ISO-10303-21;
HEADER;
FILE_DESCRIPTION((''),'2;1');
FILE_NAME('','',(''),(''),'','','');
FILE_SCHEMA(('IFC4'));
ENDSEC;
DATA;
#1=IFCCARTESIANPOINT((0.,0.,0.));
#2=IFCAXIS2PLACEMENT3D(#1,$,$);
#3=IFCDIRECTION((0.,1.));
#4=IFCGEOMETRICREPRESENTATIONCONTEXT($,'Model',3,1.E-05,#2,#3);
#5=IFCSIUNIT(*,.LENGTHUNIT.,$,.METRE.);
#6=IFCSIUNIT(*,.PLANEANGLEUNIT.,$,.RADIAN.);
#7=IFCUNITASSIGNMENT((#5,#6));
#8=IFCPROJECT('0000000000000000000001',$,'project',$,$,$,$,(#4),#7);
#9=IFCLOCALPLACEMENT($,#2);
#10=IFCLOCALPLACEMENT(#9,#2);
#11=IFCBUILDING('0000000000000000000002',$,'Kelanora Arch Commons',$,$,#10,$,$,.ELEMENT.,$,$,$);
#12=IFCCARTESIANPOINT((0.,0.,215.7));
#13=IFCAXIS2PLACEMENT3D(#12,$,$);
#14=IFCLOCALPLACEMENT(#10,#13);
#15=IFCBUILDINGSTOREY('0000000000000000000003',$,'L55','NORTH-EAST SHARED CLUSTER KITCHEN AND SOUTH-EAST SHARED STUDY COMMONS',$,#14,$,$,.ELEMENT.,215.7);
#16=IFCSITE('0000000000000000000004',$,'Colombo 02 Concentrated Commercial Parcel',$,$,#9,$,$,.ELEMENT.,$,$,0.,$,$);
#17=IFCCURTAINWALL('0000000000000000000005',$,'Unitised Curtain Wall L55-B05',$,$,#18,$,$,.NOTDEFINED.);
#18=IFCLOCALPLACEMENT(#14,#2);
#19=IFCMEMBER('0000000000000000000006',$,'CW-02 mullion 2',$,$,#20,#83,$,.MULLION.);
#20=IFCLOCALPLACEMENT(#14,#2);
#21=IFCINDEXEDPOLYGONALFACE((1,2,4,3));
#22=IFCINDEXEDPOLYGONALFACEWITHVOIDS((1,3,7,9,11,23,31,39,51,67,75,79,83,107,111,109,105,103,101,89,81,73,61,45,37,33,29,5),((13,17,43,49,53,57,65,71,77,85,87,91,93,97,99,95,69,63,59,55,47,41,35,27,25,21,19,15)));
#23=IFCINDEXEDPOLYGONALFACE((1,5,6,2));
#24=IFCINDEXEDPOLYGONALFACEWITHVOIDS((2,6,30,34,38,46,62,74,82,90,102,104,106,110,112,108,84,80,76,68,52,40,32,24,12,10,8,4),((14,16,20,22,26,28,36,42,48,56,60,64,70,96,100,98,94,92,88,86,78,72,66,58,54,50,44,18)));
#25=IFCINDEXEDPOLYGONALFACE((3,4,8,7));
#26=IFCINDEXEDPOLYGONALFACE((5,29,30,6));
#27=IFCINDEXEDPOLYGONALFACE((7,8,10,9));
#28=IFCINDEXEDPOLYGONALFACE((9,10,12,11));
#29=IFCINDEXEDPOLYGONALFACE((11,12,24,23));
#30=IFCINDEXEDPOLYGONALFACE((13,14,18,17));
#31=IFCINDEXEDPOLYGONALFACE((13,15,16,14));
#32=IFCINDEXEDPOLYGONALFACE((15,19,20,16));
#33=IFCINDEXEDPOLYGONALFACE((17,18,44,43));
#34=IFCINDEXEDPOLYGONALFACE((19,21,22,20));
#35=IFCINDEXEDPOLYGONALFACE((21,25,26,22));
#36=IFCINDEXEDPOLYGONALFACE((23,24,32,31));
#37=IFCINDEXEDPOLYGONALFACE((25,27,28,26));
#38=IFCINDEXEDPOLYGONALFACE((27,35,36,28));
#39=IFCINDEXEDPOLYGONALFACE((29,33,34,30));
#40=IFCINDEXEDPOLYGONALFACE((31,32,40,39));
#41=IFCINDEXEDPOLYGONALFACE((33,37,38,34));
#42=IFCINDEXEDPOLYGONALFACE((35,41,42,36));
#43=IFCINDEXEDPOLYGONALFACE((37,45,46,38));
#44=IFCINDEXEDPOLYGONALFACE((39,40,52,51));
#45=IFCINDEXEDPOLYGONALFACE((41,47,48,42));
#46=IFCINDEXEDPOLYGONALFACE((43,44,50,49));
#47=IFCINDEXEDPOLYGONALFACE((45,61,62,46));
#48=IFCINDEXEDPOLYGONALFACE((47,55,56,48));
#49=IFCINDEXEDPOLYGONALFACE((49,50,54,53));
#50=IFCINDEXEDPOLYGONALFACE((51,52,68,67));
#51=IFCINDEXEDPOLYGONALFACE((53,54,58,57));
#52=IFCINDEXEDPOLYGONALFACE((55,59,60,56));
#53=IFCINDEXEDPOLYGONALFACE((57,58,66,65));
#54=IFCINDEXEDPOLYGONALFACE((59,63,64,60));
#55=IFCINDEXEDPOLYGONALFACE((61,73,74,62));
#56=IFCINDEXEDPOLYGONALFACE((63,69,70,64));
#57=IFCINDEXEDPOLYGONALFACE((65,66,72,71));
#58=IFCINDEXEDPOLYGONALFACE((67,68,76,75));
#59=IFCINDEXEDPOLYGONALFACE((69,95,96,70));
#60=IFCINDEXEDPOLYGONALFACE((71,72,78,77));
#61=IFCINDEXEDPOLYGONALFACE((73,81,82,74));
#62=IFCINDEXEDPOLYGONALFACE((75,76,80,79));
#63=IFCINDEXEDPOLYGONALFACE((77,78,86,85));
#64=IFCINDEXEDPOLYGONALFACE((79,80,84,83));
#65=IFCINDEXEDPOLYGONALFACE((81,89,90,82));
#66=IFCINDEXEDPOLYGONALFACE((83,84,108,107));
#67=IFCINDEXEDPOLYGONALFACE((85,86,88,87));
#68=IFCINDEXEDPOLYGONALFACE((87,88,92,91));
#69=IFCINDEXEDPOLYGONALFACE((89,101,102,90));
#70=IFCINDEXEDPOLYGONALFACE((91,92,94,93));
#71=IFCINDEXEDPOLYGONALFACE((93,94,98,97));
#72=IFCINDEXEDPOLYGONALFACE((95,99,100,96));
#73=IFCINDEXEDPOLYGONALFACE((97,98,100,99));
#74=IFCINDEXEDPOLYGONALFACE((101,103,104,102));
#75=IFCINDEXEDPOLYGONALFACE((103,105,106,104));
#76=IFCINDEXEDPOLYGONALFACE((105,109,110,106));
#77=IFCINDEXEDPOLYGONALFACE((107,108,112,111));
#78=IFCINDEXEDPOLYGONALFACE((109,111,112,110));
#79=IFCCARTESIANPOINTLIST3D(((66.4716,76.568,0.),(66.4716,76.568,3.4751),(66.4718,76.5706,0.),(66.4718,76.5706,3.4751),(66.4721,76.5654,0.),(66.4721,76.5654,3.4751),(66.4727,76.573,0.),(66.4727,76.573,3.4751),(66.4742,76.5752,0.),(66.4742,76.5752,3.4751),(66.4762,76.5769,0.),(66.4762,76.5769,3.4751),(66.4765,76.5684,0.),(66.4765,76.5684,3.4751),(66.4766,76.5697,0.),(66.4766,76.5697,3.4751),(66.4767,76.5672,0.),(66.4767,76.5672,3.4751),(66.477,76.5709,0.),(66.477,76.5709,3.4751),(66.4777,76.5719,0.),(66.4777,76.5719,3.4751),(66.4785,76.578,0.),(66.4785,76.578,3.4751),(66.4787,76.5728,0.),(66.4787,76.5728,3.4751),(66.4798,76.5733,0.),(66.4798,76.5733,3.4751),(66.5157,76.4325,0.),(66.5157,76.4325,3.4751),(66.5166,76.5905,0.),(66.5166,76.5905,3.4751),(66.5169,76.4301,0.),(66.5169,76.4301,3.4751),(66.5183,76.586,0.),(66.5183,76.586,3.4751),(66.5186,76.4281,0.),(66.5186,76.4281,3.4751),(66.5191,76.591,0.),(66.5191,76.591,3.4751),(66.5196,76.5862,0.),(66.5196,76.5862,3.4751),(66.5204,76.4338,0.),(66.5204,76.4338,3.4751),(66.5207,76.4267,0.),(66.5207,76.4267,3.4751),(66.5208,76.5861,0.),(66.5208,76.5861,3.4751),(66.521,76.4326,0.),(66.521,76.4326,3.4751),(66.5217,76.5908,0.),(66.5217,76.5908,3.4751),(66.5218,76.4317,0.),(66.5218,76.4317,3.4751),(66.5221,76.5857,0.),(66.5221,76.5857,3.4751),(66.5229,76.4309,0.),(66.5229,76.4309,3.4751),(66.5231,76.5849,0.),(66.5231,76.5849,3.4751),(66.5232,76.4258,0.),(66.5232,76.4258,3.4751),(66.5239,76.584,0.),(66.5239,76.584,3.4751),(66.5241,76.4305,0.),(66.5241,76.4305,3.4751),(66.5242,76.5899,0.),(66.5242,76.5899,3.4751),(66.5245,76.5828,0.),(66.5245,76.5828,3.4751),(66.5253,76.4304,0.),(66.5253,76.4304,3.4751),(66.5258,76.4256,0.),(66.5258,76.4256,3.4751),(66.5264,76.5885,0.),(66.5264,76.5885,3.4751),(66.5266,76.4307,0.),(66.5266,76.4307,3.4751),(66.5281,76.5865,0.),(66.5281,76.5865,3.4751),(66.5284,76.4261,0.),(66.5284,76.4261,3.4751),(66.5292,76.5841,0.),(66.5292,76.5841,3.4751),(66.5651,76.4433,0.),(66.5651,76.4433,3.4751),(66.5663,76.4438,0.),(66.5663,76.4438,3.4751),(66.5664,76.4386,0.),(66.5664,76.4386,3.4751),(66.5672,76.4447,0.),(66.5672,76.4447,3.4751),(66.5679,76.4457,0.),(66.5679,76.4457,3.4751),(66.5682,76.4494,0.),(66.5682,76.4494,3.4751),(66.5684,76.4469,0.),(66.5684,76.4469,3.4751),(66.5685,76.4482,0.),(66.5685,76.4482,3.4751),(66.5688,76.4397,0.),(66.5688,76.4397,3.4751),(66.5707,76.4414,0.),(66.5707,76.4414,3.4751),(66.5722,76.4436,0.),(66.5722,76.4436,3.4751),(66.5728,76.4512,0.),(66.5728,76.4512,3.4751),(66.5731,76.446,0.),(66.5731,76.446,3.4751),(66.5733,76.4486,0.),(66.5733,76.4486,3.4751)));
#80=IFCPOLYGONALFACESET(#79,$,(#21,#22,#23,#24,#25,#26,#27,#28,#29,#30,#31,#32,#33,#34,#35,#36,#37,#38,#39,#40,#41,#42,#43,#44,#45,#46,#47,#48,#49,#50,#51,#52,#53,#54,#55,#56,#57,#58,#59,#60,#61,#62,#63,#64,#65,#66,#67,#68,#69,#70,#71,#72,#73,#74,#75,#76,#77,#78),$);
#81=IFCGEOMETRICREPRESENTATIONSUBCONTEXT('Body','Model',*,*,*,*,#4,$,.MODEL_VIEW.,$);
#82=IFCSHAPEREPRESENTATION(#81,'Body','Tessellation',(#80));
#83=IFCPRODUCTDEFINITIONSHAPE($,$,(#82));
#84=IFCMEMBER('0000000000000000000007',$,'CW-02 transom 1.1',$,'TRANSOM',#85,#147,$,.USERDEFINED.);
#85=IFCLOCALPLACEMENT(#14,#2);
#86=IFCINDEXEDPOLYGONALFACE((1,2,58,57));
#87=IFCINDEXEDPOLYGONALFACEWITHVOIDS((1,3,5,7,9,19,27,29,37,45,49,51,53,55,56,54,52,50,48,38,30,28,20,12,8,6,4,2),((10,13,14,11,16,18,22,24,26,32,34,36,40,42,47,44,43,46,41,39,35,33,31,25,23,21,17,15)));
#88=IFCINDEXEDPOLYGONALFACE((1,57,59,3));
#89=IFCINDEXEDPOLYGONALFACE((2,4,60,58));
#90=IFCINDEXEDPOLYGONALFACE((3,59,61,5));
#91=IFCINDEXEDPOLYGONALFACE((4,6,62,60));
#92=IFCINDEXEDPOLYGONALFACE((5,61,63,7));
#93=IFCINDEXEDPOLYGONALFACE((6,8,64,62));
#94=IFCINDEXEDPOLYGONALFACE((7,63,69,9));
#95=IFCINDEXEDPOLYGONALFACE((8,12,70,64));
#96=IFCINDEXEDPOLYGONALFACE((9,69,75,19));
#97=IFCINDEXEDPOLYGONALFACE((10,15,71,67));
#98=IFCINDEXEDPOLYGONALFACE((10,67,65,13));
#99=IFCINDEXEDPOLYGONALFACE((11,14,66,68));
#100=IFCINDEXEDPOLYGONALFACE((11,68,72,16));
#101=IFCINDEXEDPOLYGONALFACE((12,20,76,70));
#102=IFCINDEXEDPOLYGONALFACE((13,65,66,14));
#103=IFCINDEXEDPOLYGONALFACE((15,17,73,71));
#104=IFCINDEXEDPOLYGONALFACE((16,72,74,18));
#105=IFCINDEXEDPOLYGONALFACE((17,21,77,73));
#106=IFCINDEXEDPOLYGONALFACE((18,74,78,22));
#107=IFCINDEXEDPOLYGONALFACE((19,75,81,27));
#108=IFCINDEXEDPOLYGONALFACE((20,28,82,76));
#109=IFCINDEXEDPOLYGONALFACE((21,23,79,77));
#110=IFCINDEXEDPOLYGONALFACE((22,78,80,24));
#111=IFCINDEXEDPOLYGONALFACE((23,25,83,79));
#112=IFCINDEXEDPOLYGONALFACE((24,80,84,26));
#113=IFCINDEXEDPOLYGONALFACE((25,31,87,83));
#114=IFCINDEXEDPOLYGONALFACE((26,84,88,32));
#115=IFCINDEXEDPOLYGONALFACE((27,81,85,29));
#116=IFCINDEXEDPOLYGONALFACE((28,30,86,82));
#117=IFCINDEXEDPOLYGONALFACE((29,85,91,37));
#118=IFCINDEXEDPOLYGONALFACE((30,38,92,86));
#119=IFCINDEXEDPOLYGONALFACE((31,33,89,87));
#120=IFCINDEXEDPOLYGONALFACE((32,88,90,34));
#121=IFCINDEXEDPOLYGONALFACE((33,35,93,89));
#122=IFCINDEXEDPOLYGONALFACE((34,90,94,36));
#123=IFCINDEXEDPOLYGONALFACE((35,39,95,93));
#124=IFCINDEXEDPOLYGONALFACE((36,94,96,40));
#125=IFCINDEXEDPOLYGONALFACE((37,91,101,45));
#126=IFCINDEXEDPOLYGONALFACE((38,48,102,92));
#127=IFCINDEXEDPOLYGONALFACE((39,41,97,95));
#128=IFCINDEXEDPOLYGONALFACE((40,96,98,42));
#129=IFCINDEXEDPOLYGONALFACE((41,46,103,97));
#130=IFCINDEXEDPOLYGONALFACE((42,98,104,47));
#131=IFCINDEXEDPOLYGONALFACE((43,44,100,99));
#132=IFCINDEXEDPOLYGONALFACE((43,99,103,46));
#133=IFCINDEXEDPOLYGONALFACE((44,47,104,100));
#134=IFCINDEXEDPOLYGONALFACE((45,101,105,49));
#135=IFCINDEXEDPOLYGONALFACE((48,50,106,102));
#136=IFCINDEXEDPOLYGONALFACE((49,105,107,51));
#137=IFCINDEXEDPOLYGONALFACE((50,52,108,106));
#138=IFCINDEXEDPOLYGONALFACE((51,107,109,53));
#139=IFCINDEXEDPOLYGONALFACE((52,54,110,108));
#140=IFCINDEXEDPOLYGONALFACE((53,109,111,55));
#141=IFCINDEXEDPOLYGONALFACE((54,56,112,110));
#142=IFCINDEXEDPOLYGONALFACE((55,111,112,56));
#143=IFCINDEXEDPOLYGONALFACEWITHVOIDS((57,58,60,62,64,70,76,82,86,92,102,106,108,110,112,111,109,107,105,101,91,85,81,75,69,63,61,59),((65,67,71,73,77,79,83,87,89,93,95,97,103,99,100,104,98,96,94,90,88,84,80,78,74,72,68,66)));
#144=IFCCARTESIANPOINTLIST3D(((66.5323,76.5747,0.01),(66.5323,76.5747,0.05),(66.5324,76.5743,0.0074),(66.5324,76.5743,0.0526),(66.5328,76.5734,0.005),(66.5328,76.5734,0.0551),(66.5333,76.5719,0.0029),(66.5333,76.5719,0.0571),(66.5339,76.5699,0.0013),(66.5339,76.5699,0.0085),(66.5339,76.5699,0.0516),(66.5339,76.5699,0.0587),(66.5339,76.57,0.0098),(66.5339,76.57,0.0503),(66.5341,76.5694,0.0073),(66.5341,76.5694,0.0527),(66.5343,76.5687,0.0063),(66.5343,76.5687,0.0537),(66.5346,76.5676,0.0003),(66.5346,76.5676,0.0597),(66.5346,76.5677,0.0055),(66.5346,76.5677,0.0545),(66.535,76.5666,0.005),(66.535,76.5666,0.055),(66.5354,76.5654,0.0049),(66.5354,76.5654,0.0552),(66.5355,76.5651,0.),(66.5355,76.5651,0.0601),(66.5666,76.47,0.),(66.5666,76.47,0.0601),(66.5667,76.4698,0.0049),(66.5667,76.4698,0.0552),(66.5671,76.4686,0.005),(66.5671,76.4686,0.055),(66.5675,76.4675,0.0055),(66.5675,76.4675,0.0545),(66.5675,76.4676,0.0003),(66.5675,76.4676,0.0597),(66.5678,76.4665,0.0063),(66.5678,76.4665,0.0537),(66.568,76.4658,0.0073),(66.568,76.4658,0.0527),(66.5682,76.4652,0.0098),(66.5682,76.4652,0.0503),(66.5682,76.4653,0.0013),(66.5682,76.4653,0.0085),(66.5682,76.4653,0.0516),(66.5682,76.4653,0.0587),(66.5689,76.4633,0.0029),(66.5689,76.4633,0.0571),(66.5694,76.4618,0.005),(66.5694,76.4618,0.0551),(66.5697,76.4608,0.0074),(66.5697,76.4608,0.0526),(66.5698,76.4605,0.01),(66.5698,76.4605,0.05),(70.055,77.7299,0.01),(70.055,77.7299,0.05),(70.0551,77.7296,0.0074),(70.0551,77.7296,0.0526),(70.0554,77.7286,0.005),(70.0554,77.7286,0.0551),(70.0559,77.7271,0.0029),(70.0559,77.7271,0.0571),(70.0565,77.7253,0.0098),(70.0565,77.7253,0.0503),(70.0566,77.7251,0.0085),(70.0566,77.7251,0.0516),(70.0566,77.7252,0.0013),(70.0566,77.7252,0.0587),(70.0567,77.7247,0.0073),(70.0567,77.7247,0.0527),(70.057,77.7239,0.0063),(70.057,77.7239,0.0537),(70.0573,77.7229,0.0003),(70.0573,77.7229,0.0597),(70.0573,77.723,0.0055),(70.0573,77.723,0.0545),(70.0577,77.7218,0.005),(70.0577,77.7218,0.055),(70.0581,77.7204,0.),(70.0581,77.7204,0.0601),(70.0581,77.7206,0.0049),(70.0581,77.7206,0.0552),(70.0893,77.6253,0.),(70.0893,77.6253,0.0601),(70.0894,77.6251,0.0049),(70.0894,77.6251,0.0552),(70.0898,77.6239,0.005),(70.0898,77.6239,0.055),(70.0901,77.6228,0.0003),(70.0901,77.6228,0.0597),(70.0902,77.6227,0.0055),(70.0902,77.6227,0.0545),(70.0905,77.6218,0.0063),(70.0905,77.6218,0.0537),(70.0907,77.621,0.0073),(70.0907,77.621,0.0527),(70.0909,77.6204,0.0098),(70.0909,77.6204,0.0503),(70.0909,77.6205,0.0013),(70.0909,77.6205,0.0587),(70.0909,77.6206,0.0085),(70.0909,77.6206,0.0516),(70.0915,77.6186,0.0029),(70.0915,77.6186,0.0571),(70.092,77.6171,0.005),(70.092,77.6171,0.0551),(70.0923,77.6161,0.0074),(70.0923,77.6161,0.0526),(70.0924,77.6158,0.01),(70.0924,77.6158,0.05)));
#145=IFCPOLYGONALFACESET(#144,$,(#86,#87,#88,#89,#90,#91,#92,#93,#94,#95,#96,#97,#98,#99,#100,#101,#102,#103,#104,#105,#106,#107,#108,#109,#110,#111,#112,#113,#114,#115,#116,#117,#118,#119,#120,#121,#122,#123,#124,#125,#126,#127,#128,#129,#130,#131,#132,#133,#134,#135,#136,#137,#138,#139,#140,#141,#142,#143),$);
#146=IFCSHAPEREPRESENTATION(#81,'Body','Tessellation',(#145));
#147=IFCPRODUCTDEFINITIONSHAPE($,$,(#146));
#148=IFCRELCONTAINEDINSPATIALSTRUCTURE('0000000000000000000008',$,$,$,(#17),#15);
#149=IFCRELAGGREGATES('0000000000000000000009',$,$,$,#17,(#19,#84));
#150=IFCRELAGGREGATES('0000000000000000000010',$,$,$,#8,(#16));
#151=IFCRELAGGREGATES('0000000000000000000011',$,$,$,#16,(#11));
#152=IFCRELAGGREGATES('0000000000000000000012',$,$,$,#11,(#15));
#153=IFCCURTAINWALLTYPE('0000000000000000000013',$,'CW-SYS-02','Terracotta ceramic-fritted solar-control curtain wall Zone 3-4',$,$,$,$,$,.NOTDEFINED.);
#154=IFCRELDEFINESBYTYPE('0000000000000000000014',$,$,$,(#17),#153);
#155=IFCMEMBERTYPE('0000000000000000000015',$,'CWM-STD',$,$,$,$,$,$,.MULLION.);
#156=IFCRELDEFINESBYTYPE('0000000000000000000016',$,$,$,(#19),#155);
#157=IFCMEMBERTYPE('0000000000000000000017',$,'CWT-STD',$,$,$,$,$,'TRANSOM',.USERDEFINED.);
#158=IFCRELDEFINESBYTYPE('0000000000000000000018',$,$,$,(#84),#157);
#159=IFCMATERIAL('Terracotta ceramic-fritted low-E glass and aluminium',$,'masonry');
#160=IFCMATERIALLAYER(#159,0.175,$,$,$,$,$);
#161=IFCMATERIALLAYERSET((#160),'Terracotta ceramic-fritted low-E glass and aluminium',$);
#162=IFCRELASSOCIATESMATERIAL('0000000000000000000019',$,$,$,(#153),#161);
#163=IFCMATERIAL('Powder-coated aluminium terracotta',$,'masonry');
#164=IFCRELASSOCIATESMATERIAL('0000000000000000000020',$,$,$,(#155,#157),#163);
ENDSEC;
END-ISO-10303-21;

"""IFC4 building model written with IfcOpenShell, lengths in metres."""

from ifc_helpers import new_model, si_unit, direction, frame, origin, origin_2d, place, context, subcontext, project, spatial, hollow_rectangle, extrude, material, layer, layer_set, material_profile, profile_set, type_object, element, aggregate, save


model = new_model("IFC4")

# Units and contexts
model_context = context("Model", 3, precision=1e-05, world=origin(), true_north=direction((0.0, 1.0)))
body_context = subcontext(model_context, "Body", "Model", "MODEL_VIEW")
ifc_project = project(units=[si_unit("LENGTHUNIT", "METRE"), si_unit("PLANEANGLEUNIT", "RADIAN")], contexts=[model_context])

# Site, building, storey
site_placement = place(None, origin())
site = spatial("IfcSite", under=ifc_project, at=site_placement, Name="Colombo 02 Concentrated Commercial Parcel", CompositionType="ELEMENT", RefElevation=0.0)
building_placement = place(site_placement, origin())
building = spatial("IfcBuilding", under=site, at=building_placement, Name="Kelanora Arch Commons", CompositionType="ELEMENT")
storey_placement = place(building_placement, frame((0.0, 0.0, 215.7)))
storey = spatial("IfcBuildingStorey", under=building, at=storey_placement, Name="L55", Description="NORTH-EAST SHARED CLUSTER KITCHEN AND SOUTH-EAST SHARED STUDY COMMONS", CompositionType="ELEMENT", Elevation=215.7)

# Curtain wall, members
ifc_material_1 = material(Name="Terracotta ceramic-fritted low-E glass and aluminium", Category="masonry")
ifc_layer_1 = layer(ifc_material_1, 0.175)
ifc_layer_set_1 = layer_set([ifc_layer_1], Name="Terracotta ceramic-fritted low-E glass and aluminium")
curtain_wall_type = type_object("IfcCurtainWallType", Name="CW-SYS-02", Description="Terracotta ceramic-fritted solar-control curtain wall Zone 3-4", PredefinedType="NOTDEFINED", material=ifc_layer_set_1)
curtain_wall_placement = place(storey_placement, origin())
curtain_wall = element("IfcCurtainWall", 1, at=curtain_wall_placement, inside=storey, type_object=curtain_wall_type, Name="Unitised Curtain Wall L55-B05", PredefinedType="NOTDEFINED")
ifc_material_2 = material(Name="Powder-coated aluminium terracotta", Category="masonry")
ifc_material_profile_1 = material_profile(ifc_material_2, hollow_rectangle(XDim=0.1599, YDim=0.0601, WallThickness=0.0049, InnerFilletRadius=0.0049, OuterFilletRadius=0.01, at=origin_2d()), Name="CWM160x60")
ifc_profile_set_1 = profile_set([ifc_material_profile_1], Name="Powder-coated aluminium terracotta")
member_type_1 = type_object("IfcMemberType", Name="CWM-STD", PredefinedType="MULLION", material=ifc_profile_set_1)
member_1_placement = place(storey_placement, frame((66.5225, 76.5083, 0.0), z_axis=(0.0, 0.0, 1.0), x_axis=(0.311582, -0.950219, 0.0)))
member_1 = element("IfcMember", 2, at=member_1_placement, type_object=member_type_1, Name="CW-02 mullion 2", PredefinedType="MULLION", context=body_context, shape_type="SweptSolid", body=[
    extrude(hollow_rectangle(XDim=0.1599, YDim=0.0601, WallThickness=0.0049, InnerFilletRadius=0.0049, OuterFilletRadius=0.01, at=origin_2d()), origin(), (0.0, 0.0, 1.0), 3.4751),
])
ifc_material_profile_2 = material_profile(ifc_material_2, hollow_rectangle(XDim=0.1201, YDim=0.0601, WallThickness=0.0049, InnerFilletRadius=0.0049, OuterFilletRadius=0.01, at=origin_2d()), Name="CWT120x60")
ifc_profile_set_2 = profile_set([ifc_material_profile_2], Name="Powder-coated aluminium terracotta")
member_type_2 = type_object("IfcMemberType", Name="CWT-STD", ElementType="TRANSOM", PredefinedType="USERDEFINED", material=ifc_profile_set_2)
member_2_placement = place(storey_placement, frame((70.0737, 77.6729, 0.03), z_axis=(-0.950207, -0.311621, 0.0), x_axis=(0.311621, -0.950207, 0.0)))
member_2 = element("IfcMember", 3, at=member_2_placement, type_object=member_type_2, Name="CW-02 transom 1.1", ObjectType="TRANSOM", PredefinedType="USERDEFINED", context=body_context, shape_type="SweptSolid", body=[
    extrude(hollow_rectangle(XDim=0.1201, YDim=0.0601, WallThickness=0.0049, InnerFilletRadius=0.0049, OuterFilletRadius=0.01, at=origin_2d()), origin(), (0.0, 0.0, 1.0), 3.7073),
])
aggregate(curtain_wall, [member_1, member_2])

save(model, "model.ifc")
